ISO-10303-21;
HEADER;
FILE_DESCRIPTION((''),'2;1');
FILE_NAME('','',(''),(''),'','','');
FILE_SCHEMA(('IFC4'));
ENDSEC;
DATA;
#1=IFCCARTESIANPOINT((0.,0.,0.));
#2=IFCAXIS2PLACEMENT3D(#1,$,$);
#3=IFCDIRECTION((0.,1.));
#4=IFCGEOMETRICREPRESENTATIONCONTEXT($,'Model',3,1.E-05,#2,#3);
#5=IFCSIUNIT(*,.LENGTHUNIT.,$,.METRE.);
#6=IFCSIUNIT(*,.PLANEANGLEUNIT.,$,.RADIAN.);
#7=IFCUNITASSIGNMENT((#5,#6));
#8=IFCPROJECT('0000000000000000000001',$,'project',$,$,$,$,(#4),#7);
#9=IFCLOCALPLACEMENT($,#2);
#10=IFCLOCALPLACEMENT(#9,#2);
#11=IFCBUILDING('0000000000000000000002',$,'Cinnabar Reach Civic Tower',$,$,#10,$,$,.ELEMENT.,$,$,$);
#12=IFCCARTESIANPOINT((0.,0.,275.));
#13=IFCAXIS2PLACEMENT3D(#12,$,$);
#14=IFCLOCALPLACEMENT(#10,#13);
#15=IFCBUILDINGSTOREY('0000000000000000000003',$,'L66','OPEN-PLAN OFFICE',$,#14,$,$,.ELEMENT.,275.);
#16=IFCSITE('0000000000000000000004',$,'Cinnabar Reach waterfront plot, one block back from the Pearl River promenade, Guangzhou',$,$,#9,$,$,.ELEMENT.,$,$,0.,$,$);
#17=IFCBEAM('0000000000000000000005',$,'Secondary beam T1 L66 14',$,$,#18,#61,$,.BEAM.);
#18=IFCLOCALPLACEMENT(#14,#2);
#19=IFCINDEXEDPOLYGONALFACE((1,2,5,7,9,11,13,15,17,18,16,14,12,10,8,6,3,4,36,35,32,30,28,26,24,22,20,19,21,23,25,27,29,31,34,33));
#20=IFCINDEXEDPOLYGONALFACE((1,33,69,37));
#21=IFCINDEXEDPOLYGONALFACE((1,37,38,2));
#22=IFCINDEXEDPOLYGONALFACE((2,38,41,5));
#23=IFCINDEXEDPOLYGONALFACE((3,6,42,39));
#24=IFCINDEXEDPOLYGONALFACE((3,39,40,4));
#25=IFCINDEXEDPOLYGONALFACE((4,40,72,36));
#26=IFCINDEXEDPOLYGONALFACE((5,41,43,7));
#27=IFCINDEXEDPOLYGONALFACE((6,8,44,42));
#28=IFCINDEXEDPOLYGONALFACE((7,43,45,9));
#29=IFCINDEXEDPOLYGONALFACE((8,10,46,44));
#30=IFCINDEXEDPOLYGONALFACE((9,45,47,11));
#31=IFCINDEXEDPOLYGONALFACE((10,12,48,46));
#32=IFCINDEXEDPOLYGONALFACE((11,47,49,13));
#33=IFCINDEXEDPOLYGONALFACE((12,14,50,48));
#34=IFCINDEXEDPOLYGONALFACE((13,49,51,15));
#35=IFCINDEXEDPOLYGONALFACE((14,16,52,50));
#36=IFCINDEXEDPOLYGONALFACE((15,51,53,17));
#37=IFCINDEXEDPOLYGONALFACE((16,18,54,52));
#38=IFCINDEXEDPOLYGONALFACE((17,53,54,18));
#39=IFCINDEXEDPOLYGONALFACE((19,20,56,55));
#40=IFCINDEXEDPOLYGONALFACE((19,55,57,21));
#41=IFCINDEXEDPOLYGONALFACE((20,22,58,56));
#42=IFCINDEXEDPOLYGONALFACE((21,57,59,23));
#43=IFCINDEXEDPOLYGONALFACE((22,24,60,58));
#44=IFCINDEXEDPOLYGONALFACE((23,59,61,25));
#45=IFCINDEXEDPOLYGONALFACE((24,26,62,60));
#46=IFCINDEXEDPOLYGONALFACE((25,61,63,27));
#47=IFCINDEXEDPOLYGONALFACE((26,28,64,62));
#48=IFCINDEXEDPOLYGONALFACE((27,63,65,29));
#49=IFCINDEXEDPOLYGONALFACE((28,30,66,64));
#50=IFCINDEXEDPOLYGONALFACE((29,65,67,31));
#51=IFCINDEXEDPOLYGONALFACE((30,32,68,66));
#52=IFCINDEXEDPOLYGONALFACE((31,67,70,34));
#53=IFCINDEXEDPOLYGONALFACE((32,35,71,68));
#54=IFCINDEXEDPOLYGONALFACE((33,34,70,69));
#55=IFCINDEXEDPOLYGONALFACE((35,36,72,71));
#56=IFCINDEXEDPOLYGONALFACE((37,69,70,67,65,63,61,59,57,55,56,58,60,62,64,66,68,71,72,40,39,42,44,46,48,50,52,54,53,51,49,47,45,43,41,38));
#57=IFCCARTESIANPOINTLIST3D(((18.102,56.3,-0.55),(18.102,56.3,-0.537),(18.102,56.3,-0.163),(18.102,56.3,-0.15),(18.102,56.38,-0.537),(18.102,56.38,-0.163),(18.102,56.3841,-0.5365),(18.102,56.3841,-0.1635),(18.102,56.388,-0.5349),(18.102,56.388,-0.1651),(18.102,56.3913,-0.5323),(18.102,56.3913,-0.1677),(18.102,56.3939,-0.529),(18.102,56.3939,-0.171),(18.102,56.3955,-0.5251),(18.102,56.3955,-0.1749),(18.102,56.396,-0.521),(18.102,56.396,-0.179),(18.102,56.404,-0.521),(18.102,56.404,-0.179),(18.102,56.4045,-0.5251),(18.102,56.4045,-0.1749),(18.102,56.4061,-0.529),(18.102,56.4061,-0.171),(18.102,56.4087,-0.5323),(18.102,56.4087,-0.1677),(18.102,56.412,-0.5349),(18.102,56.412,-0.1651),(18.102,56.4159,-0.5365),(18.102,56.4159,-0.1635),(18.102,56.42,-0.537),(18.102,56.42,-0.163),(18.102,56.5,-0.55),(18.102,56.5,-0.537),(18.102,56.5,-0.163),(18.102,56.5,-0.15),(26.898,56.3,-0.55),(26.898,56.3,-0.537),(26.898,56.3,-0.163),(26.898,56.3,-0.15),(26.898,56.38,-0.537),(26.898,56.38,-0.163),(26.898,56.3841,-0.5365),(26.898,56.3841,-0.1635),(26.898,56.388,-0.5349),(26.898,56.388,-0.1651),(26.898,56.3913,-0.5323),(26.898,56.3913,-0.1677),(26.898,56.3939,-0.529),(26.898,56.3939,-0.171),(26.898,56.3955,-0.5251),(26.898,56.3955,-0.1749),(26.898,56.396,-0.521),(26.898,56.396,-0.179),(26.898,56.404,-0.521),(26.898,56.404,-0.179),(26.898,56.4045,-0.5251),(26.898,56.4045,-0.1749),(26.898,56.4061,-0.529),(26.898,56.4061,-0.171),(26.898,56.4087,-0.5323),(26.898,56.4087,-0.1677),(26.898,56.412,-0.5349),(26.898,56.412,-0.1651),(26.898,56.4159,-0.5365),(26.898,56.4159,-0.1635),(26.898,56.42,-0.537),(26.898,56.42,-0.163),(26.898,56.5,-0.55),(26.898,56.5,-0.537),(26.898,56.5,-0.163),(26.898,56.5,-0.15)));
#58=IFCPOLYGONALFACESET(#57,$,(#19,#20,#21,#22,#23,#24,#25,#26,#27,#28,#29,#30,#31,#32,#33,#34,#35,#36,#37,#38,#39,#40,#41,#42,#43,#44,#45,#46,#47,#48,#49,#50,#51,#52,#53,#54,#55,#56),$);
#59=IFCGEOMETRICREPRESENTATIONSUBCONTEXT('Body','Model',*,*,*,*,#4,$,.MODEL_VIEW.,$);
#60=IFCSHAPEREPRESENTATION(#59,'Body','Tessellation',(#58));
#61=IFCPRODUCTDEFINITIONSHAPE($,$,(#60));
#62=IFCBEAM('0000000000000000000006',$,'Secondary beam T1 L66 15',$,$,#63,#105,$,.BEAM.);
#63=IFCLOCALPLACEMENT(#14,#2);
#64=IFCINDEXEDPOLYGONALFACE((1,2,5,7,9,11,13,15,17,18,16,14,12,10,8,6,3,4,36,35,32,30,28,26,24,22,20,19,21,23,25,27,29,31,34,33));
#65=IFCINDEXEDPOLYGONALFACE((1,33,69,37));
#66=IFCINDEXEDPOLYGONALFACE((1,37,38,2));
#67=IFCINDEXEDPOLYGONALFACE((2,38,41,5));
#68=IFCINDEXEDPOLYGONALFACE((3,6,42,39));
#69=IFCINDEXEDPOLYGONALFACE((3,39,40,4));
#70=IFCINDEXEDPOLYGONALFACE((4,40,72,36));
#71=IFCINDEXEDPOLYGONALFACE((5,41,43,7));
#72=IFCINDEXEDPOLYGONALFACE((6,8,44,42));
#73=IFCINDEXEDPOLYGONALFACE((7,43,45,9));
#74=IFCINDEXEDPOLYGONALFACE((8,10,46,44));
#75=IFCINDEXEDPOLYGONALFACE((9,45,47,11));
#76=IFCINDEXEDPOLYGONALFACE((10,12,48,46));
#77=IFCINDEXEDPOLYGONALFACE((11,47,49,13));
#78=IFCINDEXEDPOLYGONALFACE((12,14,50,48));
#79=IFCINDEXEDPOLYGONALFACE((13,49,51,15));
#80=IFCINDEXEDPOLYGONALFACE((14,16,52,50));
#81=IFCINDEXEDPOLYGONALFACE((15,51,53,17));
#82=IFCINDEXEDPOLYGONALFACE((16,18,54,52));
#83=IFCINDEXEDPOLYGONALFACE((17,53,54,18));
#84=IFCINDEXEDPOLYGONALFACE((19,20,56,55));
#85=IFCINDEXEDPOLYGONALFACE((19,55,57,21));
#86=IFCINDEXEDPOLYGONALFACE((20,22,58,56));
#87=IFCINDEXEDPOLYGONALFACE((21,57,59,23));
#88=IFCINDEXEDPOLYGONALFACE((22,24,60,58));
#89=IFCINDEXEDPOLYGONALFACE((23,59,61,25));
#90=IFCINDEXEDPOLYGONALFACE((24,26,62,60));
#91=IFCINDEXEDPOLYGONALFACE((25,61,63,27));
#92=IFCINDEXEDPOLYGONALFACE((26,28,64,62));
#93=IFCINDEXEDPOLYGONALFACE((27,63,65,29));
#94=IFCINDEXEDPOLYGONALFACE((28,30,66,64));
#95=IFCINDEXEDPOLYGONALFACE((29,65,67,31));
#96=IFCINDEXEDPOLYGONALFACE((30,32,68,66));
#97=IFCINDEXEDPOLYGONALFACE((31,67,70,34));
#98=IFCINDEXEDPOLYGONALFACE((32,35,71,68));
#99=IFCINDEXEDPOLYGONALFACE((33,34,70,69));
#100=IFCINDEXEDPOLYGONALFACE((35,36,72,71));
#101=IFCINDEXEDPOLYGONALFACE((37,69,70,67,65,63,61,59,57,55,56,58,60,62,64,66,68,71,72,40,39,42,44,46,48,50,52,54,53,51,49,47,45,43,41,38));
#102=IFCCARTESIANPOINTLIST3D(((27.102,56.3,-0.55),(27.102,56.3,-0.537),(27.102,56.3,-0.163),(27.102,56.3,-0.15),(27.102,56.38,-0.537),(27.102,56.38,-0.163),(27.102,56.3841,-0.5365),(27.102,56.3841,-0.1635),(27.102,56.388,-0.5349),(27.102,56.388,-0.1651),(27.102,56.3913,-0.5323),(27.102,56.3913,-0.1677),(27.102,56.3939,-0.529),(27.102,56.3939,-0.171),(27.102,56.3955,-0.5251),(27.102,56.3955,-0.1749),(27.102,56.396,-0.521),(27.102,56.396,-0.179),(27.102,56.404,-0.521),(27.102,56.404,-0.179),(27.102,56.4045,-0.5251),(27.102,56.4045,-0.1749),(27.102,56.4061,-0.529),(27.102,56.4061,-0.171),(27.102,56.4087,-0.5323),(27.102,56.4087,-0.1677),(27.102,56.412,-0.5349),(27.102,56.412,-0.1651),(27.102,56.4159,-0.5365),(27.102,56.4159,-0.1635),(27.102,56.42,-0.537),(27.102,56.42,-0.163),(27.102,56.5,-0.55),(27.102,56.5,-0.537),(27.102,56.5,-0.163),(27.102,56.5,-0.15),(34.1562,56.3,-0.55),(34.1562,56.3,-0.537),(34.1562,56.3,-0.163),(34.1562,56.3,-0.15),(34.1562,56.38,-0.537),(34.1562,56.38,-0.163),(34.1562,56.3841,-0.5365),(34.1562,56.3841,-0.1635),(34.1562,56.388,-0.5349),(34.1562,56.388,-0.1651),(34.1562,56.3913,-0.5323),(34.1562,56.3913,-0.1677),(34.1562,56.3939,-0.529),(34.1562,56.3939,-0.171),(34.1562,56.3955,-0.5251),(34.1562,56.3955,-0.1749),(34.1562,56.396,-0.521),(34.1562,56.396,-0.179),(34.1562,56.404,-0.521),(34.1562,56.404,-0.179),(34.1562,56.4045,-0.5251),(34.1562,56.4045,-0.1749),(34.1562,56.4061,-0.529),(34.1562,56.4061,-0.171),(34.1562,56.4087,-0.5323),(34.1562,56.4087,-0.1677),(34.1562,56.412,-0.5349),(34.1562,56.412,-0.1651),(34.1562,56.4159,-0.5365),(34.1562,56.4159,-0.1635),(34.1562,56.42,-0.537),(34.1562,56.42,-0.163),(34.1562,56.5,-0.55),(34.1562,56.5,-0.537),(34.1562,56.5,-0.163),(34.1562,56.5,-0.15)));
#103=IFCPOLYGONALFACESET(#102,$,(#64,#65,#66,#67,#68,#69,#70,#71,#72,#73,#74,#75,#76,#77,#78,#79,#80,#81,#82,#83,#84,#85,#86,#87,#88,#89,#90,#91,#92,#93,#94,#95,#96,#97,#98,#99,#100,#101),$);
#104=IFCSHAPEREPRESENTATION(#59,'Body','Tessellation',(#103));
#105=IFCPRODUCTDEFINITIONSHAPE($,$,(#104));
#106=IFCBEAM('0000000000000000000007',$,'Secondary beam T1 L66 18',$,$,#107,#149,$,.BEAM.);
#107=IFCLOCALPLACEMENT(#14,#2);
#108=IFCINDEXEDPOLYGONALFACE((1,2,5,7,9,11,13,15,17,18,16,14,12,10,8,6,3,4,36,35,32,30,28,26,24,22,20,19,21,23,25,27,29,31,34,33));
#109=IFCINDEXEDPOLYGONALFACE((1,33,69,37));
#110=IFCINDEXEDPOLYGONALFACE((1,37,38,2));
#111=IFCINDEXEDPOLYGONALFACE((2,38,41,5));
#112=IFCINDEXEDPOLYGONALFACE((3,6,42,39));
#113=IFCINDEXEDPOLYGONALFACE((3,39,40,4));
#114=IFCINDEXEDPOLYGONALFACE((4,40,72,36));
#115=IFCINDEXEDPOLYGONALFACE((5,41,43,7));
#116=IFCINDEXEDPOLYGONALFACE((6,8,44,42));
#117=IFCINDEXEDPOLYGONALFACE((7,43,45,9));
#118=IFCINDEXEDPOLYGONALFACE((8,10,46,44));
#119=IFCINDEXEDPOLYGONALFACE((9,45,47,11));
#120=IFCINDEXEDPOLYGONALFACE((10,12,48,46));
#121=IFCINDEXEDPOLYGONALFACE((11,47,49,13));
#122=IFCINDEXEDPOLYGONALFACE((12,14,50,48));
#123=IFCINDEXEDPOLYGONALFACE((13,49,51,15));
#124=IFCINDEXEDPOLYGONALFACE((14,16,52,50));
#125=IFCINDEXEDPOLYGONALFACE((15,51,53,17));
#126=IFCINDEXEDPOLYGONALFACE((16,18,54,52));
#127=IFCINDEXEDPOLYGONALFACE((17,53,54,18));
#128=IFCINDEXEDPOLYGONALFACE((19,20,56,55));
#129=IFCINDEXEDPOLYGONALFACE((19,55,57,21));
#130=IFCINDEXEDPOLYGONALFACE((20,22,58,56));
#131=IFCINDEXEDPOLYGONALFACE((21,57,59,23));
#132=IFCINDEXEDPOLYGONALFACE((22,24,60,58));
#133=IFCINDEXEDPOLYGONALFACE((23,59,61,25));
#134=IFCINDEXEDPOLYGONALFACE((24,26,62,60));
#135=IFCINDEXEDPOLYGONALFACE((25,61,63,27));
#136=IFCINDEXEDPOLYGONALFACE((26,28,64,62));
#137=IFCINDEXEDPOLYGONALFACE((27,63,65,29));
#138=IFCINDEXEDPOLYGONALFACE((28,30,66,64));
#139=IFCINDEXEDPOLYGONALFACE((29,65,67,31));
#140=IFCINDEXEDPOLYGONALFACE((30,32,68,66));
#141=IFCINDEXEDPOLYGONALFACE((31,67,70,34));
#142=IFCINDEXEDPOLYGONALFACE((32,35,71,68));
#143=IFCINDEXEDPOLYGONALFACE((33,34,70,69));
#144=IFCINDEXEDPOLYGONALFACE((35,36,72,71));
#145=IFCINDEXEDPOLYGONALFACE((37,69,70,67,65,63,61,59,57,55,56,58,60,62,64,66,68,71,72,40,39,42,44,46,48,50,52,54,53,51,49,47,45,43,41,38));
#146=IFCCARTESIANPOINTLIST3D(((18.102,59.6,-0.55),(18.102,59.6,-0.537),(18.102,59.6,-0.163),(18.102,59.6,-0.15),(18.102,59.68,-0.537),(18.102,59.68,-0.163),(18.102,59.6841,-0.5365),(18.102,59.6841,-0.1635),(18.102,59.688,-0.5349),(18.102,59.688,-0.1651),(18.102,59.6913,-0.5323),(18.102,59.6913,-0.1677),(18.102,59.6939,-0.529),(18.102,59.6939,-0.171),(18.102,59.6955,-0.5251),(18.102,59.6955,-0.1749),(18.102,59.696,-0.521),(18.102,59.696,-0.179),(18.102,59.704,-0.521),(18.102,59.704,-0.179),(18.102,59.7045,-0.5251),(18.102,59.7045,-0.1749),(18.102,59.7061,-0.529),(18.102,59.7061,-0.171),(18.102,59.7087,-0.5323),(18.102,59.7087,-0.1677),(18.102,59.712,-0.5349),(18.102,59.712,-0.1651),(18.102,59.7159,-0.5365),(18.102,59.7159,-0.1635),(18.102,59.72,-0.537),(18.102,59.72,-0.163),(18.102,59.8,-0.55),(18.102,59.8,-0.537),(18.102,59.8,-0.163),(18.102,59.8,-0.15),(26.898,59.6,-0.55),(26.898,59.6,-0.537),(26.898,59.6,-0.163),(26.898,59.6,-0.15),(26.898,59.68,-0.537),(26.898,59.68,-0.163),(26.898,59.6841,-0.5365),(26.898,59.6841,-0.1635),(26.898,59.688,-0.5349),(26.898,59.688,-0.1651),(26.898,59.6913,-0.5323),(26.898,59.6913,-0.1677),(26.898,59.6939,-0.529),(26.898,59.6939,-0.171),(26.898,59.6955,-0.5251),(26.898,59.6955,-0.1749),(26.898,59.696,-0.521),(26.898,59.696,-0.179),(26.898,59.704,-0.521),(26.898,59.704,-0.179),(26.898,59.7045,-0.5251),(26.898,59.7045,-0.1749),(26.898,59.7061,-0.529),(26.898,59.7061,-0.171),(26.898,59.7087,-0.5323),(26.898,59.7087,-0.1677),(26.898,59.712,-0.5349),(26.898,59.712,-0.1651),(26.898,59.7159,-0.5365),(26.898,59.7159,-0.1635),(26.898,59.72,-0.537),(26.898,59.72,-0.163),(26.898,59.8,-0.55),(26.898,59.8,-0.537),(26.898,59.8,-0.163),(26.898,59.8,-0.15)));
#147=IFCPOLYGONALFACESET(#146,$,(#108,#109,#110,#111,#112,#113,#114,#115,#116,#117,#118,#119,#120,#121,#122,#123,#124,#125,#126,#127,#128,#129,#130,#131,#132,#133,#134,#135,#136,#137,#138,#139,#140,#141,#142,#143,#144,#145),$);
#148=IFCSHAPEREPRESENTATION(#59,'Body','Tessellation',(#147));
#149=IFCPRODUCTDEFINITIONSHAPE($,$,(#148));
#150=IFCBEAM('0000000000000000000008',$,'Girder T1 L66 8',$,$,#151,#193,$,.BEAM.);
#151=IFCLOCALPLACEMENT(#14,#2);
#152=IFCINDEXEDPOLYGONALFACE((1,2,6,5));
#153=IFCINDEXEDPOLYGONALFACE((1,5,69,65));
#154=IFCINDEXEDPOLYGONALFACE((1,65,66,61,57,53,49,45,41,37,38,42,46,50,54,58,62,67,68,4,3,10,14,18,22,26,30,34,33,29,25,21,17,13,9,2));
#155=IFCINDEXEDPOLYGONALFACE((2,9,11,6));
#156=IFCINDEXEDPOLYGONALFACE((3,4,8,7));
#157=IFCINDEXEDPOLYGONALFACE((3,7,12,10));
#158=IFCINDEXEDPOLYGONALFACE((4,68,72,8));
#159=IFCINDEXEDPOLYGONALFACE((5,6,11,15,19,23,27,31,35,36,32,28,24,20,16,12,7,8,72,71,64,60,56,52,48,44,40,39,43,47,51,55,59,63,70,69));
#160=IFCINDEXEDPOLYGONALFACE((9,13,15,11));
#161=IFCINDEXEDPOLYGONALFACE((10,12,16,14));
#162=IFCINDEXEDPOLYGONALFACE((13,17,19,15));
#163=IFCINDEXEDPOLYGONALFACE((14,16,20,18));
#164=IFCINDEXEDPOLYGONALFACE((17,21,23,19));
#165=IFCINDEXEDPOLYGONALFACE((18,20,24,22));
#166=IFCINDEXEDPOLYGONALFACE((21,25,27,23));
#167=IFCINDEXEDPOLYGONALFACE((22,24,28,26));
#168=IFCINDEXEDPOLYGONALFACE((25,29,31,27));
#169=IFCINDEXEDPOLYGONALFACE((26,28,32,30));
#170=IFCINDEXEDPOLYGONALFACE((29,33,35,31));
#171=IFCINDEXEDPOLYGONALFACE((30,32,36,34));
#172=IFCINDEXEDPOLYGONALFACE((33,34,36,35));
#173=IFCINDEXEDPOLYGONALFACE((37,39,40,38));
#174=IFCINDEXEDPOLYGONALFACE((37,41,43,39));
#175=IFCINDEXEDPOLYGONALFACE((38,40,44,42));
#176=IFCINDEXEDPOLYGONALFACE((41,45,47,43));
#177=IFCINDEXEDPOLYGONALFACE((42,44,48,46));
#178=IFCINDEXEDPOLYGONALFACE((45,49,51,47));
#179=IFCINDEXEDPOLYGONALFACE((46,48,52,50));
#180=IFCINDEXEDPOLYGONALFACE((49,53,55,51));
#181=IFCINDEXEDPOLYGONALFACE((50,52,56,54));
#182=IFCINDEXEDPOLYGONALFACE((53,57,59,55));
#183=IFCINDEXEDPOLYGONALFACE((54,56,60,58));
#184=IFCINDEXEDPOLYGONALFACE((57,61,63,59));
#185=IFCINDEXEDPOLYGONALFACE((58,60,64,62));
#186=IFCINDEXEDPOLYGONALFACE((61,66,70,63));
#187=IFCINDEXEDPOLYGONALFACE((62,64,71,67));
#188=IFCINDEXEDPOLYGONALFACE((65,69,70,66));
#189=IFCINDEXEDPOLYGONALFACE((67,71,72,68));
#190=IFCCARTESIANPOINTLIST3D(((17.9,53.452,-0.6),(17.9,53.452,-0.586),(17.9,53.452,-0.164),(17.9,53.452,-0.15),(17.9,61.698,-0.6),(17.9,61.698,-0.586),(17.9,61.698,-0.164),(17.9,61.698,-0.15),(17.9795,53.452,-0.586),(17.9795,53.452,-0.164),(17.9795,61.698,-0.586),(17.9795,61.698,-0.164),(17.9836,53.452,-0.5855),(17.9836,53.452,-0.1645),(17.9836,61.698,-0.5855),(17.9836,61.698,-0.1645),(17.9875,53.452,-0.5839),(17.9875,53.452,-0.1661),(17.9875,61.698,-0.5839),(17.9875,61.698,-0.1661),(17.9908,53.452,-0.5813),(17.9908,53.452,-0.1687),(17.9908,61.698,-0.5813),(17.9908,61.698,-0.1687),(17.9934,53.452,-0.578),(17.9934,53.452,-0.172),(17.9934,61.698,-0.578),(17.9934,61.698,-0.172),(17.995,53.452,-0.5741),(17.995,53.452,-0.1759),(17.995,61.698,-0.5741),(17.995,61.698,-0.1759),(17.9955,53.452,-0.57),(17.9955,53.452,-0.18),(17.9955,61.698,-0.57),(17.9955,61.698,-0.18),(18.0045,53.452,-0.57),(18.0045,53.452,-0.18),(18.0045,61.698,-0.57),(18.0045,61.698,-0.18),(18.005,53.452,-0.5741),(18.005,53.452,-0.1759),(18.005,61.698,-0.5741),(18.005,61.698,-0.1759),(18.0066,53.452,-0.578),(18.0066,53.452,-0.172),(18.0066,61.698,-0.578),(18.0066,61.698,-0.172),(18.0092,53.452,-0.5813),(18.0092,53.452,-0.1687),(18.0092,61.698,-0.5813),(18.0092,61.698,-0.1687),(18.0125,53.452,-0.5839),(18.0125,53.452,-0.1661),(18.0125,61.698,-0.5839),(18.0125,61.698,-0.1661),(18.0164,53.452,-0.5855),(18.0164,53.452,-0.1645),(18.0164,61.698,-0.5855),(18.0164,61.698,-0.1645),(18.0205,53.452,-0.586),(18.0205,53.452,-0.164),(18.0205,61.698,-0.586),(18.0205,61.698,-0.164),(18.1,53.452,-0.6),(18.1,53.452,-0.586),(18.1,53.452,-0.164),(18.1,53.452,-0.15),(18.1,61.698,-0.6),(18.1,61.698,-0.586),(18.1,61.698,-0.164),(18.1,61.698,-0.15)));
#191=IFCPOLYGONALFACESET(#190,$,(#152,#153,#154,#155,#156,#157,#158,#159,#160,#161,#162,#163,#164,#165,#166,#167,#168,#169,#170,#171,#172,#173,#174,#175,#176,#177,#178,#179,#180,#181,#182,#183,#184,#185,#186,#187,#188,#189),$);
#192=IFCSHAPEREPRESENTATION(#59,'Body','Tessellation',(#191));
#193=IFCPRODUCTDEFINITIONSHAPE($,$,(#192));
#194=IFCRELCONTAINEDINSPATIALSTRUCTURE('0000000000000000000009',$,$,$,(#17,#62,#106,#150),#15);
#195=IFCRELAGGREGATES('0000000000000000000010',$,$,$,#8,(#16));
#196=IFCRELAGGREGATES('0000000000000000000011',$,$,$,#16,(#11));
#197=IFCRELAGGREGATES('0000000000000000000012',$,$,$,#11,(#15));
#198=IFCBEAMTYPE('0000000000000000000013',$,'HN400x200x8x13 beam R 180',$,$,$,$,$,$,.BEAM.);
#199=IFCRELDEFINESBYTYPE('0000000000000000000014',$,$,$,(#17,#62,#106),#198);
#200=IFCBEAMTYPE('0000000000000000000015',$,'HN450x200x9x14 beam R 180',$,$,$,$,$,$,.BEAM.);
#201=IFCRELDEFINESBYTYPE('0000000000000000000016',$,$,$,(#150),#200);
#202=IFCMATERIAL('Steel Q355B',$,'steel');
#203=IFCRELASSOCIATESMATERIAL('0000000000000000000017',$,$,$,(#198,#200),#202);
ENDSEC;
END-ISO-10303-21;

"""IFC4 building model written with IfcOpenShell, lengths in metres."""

from ifc_helpers import new_model, si_unit, direction, frame, origin, origin_2d, place, context, subcontext, project, spatial, i_section, extrude, material, material_profile, profile_set, type_object, element, save


model = new_model("IFC4")

# Units and contexts
model_context = context("Model", 3, precision=1e-05, world=origin(), true_north=direction((0.0, 1.0)))
body_context = subcontext(model_context, "Body", "Model", "MODEL_VIEW")
ifc_project = project(units=[si_unit("LENGTHUNIT", "METRE"), si_unit("PLANEANGLEUNIT", "RADIAN")], contexts=[model_context])

# Site, building, storey
site_placement = place(None, origin())
site = spatial("IfcSite", under=ifc_project, at=site_placement, Name="Cinnabar Reach waterfront plot, one block back from the Pearl River promenade, Guangzhou", CompositionType="ELEMENT", RefElevation=0.0)
building_placement = place(site_placement, origin())
building = spatial("IfcBuilding", under=site, at=building_placement, Name="Cinnabar Reach Civic Tower", CompositionType="ELEMENT")
storey_placement = place(building_placement, frame((0.0, 0.0, 275.0)))
storey = spatial("IfcBuildingStorey", under=building, at=storey_placement, Name="L66", Description="OPEN-PLAN OFFICE", CompositionType="ELEMENT", Elevation=275.0)

# Beams
ifc_material_1 = material(Name="Steel Q355B", Category="steel")
ifc_material_profile_1 = material_profile(ifc_material_1, i_section(OverallWidth=0.2, OverallDepth=0.4, WebThickness=0.008, FlangeThickness=0.013, FilletRadius=0.016, at=origin_2d()), Name="HN400x200x8x13")
ifc_profile_set_1 = profile_set([ifc_material_profile_1], Name="Steel Q355B")
beam_type_1 = type_object("IfcBeamType", Name="HN400x200x8x13 beam R 180", PredefinedType="BEAM", material=ifc_profile_set_1)
beam_1_placement = place(storey_placement, frame((18.102, 56.4, -0.35), z_axis=(1.0, 0.0, 0.0), x_axis=(0.0, 1.0, 0.0)))
element("IfcBeam", 1, at=beam_1_placement, inside=storey, type_object=beam_type_1, Name="Secondary beam T1 L66 14", PredefinedType="BEAM", context=body_context, shape_type="SweptSolid", body=[
    extrude(i_section(OverallWidth=0.2, OverallDepth=0.4, WebThickness=0.008, FlangeThickness=0.013, FilletRadius=0.016, at=origin_2d()), origin(), (0.0, 0.0, 1.0), 8.796),
])
beam_2_placement = place(storey_placement, frame((27.102, 56.4, -0.35), z_axis=(1.0, 0.0, 0.0), x_axis=(0.0, 1.0, 0.0)))
element("IfcBeam", 2, at=beam_2_placement, inside=storey, type_object=beam_type_1, Name="Secondary beam T1 L66 15", PredefinedType="BEAM", context=body_context, shape_type="SweptSolid", body=[
    extrude(i_section(OverallWidth=0.2, OverallDepth=0.4, WebThickness=0.008, FlangeThickness=0.013, FilletRadius=0.016, at=origin_2d()), origin(), (0.0, 0.0, 1.0), 7.0542),
])
beam_3_placement = place(storey_placement, frame((18.102, 59.7, -0.35), z_axis=(1.0, 0.0, 0.0), x_axis=(0.0, 1.0, 0.0)))
element("IfcBeam", 3, at=beam_3_placement, inside=storey, type_object=beam_type_1, Name="Secondary beam T1 L66 18", PredefinedType="BEAM", context=body_context, shape_type="SweptSolid", body=[
    extrude(i_section(OverallWidth=0.2, OverallDepth=0.4, WebThickness=0.008, FlangeThickness=0.013, FilletRadius=0.016, at=origin_2d()), origin(), (0.0, 0.0, 1.0), 8.796),
])
ifc_material_profile_2 = material_profile(ifc_material_1, i_section(OverallWidth=0.2, OverallDepth=0.45, WebThickness=0.009, FlangeThickness=0.014, FilletRadius=0.016, at=origin_2d()), Name="HN450x200x9x14")
ifc_profile_set_2 = profile_set([ifc_material_profile_2], Name="Steel Q355B")
beam_type_2 = type_object("IfcBeamType", Name="HN450x200x9x14 beam R 180", PredefinedType="BEAM", material=ifc_profile_set_2)
beam_4_placement = place(storey_placement, frame((18.0, 53.452, -0.375), z_axis=(0.0, 1.0, 0.0), x_axis=(-1.0, 0.0, 0.0)))
element("IfcBeam", 4, at=beam_4_placement, inside=storey, type_object=beam_type_2, Name="Girder T1 L66 8", PredefinedType="BEAM", context=body_context, shape_type="SweptSolid", body=[
    extrude(i_section(OverallWidth=0.2, OverallDepth=0.45, WebThickness=0.009, FlangeThickness=0.014, FilletRadius=0.016, at=origin_2d()), origin(), (0.0, 0.0, 1.0), 8.246),
])

save(model, "model.ifc")
